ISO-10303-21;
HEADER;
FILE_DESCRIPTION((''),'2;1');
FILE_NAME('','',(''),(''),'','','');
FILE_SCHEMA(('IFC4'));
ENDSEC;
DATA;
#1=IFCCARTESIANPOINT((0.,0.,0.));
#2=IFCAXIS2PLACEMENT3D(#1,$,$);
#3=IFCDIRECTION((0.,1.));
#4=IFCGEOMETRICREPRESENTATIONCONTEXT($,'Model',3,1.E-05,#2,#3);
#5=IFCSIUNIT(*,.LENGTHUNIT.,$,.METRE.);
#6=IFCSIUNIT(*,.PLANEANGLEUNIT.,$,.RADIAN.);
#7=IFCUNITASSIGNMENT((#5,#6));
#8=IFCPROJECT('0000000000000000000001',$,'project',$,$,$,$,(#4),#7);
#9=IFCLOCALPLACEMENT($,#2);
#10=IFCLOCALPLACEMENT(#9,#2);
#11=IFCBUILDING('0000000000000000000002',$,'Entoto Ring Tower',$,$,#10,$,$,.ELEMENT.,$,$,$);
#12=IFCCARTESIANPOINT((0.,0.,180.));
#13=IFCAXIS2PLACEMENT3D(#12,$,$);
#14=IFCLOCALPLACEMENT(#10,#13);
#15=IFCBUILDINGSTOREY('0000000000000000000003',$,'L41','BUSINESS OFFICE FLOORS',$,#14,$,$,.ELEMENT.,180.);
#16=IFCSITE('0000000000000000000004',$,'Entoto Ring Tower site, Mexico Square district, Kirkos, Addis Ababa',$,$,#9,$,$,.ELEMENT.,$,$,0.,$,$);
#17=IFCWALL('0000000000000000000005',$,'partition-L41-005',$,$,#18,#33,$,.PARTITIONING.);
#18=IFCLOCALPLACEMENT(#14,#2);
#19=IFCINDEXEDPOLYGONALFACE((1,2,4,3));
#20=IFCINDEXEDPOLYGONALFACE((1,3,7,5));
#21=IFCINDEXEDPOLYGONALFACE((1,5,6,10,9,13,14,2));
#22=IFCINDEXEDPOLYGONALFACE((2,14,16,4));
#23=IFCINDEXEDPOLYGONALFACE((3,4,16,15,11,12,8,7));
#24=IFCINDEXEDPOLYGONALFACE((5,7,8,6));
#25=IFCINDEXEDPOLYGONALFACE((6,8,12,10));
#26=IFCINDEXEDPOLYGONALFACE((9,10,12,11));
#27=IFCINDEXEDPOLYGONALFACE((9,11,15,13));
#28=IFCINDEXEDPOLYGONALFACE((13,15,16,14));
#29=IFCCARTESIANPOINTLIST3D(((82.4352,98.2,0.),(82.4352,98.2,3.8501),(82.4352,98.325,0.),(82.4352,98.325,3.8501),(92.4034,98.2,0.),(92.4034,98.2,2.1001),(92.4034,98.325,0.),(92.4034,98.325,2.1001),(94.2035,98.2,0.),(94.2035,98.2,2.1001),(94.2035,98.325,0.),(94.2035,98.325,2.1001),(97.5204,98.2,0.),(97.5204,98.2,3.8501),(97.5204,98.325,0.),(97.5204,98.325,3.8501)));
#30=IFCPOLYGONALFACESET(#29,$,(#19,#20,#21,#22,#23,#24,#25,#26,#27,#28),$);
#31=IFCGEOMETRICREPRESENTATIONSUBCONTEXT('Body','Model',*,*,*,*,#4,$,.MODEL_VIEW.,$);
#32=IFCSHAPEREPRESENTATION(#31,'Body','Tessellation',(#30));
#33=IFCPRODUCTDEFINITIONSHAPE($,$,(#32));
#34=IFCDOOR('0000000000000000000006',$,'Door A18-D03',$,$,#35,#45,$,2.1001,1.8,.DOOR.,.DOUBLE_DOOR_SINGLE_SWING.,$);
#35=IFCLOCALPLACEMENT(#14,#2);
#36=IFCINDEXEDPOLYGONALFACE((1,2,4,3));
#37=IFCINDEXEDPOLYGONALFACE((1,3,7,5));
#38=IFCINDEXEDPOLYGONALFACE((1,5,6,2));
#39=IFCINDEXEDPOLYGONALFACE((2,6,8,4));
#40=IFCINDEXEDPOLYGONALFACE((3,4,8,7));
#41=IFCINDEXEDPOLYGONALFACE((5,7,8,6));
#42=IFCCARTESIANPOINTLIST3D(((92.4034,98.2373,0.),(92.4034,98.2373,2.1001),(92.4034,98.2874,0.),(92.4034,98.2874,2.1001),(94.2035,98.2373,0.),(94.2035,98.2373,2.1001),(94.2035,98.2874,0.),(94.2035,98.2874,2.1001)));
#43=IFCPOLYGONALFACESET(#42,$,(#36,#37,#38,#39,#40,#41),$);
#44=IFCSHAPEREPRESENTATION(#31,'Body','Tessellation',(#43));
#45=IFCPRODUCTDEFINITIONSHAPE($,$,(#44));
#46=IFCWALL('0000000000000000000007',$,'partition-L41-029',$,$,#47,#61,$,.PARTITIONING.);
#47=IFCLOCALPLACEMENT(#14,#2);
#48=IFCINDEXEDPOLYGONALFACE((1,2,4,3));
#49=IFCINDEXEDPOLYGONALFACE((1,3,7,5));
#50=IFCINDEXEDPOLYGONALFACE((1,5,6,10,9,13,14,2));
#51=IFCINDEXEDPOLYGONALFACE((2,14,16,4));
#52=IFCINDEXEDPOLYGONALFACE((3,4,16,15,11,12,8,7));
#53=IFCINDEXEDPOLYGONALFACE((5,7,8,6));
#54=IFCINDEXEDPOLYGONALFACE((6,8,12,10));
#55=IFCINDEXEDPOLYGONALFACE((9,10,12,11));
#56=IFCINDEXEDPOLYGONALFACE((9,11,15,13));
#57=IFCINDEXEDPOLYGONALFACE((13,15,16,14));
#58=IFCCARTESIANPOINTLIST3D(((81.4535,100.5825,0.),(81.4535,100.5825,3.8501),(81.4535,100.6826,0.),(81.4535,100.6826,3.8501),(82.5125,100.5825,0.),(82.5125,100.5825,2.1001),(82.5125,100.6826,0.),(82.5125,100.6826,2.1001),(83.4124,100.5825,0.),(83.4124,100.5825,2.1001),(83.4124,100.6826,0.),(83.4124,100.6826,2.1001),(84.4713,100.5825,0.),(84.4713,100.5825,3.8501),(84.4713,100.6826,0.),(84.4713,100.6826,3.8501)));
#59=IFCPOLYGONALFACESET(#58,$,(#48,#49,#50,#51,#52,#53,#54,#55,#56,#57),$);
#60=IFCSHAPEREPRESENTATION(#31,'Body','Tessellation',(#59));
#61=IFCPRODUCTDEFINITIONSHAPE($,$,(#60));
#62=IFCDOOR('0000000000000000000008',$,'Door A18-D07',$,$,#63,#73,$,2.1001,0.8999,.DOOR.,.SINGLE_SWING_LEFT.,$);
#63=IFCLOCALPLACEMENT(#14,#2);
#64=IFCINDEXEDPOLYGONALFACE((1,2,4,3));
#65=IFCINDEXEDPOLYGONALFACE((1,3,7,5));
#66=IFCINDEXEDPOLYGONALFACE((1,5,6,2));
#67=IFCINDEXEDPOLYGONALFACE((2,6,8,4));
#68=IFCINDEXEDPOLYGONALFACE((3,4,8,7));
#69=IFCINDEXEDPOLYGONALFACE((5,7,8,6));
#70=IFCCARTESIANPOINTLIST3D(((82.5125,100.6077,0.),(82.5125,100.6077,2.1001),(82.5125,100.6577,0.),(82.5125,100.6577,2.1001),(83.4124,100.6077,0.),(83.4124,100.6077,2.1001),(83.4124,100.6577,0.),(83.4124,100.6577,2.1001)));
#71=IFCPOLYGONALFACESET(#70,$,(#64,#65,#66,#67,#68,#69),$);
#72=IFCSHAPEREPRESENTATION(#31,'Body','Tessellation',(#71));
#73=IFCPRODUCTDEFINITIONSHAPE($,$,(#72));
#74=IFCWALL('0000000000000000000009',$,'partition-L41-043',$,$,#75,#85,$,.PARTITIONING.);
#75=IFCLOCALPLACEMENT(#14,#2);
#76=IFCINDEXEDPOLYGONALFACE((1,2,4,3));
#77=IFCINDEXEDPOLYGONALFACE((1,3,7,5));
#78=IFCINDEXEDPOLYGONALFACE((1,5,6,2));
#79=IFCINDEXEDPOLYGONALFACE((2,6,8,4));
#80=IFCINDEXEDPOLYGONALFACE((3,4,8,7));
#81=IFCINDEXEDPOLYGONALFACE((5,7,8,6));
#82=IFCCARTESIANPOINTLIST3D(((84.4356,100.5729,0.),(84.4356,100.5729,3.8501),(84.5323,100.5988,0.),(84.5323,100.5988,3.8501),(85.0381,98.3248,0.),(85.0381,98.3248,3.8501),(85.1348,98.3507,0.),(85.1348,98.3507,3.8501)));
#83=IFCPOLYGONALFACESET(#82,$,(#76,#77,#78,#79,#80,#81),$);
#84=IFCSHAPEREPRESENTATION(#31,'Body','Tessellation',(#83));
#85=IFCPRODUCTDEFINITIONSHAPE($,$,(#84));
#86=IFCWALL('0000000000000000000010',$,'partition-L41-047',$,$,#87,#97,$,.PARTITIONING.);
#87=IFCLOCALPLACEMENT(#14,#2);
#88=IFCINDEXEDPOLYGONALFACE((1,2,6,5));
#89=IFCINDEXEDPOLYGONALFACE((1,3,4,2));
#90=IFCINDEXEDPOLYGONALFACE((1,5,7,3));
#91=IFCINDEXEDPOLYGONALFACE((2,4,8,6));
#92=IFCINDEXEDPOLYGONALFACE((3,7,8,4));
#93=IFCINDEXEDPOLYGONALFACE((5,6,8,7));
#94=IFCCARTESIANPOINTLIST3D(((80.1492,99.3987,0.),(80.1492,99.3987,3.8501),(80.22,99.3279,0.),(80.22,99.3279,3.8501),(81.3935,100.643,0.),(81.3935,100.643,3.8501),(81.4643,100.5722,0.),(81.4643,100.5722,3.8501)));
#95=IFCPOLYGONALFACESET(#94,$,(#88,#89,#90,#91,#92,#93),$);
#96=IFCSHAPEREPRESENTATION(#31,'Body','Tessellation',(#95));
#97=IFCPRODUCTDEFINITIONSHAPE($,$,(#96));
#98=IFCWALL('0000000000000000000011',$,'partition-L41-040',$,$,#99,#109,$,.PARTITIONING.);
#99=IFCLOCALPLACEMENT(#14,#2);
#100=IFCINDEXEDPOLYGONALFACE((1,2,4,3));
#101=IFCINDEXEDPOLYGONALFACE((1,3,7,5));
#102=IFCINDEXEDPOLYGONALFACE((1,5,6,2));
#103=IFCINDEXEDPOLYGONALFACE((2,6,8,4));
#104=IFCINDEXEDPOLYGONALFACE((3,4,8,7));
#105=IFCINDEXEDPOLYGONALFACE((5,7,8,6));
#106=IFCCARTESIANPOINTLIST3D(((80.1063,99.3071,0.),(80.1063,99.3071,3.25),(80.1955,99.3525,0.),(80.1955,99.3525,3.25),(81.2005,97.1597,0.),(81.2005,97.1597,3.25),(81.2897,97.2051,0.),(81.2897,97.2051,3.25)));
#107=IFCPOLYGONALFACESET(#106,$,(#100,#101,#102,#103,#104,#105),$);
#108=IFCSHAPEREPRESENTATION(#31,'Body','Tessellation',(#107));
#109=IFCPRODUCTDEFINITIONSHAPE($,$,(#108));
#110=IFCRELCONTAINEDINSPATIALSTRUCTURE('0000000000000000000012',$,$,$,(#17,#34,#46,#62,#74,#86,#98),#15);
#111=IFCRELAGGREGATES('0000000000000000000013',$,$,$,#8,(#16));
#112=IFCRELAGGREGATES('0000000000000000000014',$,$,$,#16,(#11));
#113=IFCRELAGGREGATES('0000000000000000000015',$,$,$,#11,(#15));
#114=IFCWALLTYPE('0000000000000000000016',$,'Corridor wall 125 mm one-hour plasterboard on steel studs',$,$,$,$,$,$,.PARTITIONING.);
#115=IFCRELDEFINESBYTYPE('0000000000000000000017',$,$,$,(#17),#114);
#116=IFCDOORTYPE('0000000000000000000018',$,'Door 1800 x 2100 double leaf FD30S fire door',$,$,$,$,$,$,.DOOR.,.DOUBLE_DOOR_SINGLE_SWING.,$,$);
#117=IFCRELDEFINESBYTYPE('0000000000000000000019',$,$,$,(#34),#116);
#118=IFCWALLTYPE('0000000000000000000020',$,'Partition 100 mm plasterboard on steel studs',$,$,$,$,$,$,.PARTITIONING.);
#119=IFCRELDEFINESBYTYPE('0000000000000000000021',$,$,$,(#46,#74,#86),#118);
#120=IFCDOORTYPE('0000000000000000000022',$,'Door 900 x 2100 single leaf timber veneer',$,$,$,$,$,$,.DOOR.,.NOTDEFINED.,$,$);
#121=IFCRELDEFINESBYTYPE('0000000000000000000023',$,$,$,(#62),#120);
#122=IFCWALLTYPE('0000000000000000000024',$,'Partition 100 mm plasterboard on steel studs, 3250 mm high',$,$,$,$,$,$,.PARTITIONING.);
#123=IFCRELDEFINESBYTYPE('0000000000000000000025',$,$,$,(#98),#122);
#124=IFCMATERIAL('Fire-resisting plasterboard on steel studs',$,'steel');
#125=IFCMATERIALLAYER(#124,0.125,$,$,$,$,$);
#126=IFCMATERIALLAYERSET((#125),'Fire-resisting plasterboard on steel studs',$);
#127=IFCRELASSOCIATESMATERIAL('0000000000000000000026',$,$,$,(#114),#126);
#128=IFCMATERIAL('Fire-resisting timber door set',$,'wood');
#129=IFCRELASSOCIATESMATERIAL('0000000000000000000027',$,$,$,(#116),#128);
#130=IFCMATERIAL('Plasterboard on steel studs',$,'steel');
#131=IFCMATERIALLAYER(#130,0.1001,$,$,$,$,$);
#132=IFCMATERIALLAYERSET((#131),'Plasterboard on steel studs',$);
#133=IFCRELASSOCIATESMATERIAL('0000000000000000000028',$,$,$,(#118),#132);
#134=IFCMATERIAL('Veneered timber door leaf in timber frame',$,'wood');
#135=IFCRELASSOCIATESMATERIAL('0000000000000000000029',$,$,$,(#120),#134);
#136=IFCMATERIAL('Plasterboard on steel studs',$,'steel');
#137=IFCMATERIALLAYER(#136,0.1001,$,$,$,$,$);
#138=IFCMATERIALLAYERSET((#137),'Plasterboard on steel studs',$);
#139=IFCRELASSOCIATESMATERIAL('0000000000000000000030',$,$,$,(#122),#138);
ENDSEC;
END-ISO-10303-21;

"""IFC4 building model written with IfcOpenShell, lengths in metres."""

from ifc_helpers import new_model, si_unit, direction, frame, frame_2d, origin, place, context, subcontext, project, spatial, rectangle, extrude, material, layer, layer_set, type_object, element, fill, save


model = new_model("IFC4")

# Units and contexts
model_context = context("Model", 3, precision=1e-05, world=origin(), true_north=direction((0.0, 1.0)))
body_context = subcontext(model_context, "Body", "Model", "MODEL_VIEW")
ifc_project = project(units=[si_unit("LENGTHUNIT", "METRE"), si_unit("PLANEANGLEUNIT", "RADIAN")], contexts=[model_context])

# Site, building, storey
site_placement = place(None, origin())
site = spatial("IfcSite", under=ifc_project, at=site_placement, Name="Entoto Ring Tower site, Mexico Square district, Kirkos, Addis Ababa", CompositionType="ELEMENT", RefElevation=0.0)
building_placement = place(site_placement, origin())
building = spatial("IfcBuilding", under=site, at=building_placement, Name="Entoto Ring Tower", CompositionType="ELEMENT")
storey_placement = place(building_placement, frame((0.0, 0.0, 180.0)))
storey = spatial("IfcBuildingStorey", under=building, at=storey_placement, Name="L41", Description="BUSINESS OFFICE FLOORS", CompositionType="ELEMENT", Elevation=180.0)

# Walls, openings, doors
ifc_material_1 = material(Name="Fire-resisting plasterboard on steel studs", Category="steel")
ifc_layer_1 = layer(ifc_material_1, 0.125)
ifc_layer_set_1 = layer_set([ifc_layer_1], Name="Fire-resisting plasterboard on steel studs")
wall_type_1 = type_object("IfcWallType", Name="Corridor wall 125 mm one-hour plasterboard on steel studs", PredefinedType="PARTITIONING", material=ifc_layer_set_1)
wall_1_placement = place(storey_placement, frame((82.4353, 98.2625, 0.0), z_axis=(0.0, 0.0, 1.0), x_axis=(1.0, 0.0, 0.0)))
wall_1 = element("IfcWall", 1, at=wall_1_placement, inside=storey, type_object=wall_type_1, Name="partition-L41-005", PredefinedType="PARTITIONING", context=body_context, shape_type="SweptSolid", body=[
    extrude(rectangle(XDim=15.0852, YDim=0.125, at=frame_2d((7.5425, 0.0))), origin(), (0.0, 0.0, 1.0), 3.8501),
])
opening_1_placement = place(wall_1_placement, frame((9.9683, 0.0, 0.0)))
opening_1 = element("IfcOpeningElement", 2, at=opening_1_placement, cuts=wall_1, PredefinedType="OPENING", context=body_context, shape_type="SweptSolid", body=[
    extrude(rectangle(XDim=1.8, YDim=2.1001, at=frame_2d((0.8999, 1.05))), frame((0.0, 0.0725, 0.0), z_axis=(0.0, -1.0, 0.0), x_axis=(1.0, 0.0, 0.0)), (0.0, 0.0, 1.0), 0.145),
])
ifc_material_2 = material(Name="Fire-resisting timber door set", Category="wood")
door_type_1 = type_object("IfcDoorType", Name="Door 1800 x 2100 double leaf FD30S fire door", OperationType="DOUBLE_DOOR_SINGLE_SWING", PredefinedType="DOOR", material=ifc_material_2)
door_1_placement = place(opening_1_placement, origin())
door_1 = element("IfcDoor", 3, at=door_1_placement, inside=storey, type_object=door_type_1, Name="Door A18-D03", OperationType="DOUBLE_DOOR_SINGLE_SWING", OverallHeight=2.1001, OverallWidth=1.8, PredefinedType="DOOR", context=body_context, shape_type="SweptSolid", body=[
    extrude(rectangle(XDim=1.8, YDim=2.1001, at=frame_2d((0.8999, 1.05))), frame((0.0, 0.0249, 0.0), z_axis=(0.0, -1.0, 0.0), x_axis=(1.0, 0.0, 0.0)), (0.0, 0.0, 1.0), 0.05),
])
fill(opening_1, door_1)
ifc_material_3 = material(Name="Plasterboard on steel studs", Category="steel")
ifc_layer_2 = layer(ifc_material_3, 0.1001)
ifc_layer_set_2 = layer_set([ifc_layer_2], Name="Plasterboard on steel studs")
wall_type_2 = type_object("IfcWallType", Name="Partition 100 mm plasterboard on steel studs", PredefinedType="PARTITIONING", material=ifc_layer_set_2)
wall_2_placement = place(storey_placement, frame((81.4536, 100.6326, 0.0), z_axis=(0.0, 0.0, 1.0), x_axis=(1.0, 0.0, 0.0)))
wall_2 = element("IfcWall", 4, at=wall_2_placement, inside=storey, type_object=wall_type_2, Name="partition-L41-029", PredefinedType="PARTITIONING", context=body_context, shape_type="SweptSolid", body=[
    extrude(rectangle(XDim=3.0178, YDim=0.1001, at=frame_2d((1.5088, 0.0))), origin(), (0.0, 0.0, 1.0), 3.8501),
])
opening_2_placement = place(wall_2_placement, frame((1.0588, 0.0, 0.0)))
opening_2 = element("IfcOpeningElement", 5, at=opening_2_placement, cuts=wall_2, PredefinedType="OPENING", context=body_context, shape_type="SweptSolid", body=[
    extrude(rectangle(XDim=0.8999, YDim=2.1001, at=frame_2d((0.45, 1.05))), frame((0.0, 0.0601, 0.0), z_axis=(0.0, -1.0, 0.0), x_axis=(1.0, 0.0, 0.0)), (0.0, 0.0, 1.0), 0.1201),
])
ifc_material_4 = material(Name="Veneered timber door leaf in timber frame", Category="wood")
door_type_2 = type_object("IfcDoorType", Name="Door 900 x 2100 single leaf timber veneer", OperationType="NOTDEFINED", PredefinedType="DOOR", material=ifc_material_4)
door_2_placement = place(opening_2_placement, frame((0.8999, 0.0, 0.0), z_axis=(0.0, 0.0, 1.0), x_axis=(-1.0, 0.0, 0.0)))
door_2 = element("IfcDoor", 6, at=door_2_placement, inside=storey, type_object=door_type_2, Name="Door A18-D07", OperationType="SINGLE_SWING_LEFT", OverallHeight=2.1001, OverallWidth=0.8999, PredefinedType="DOOR", context=body_context, shape_type="SweptSolid", body=[
    extrude(rectangle(XDim=0.8999, YDim=2.1001, at=frame_2d((0.45, 1.05))), frame((0.0, 0.0249, 0.0), z_axis=(0.0, -1.0, 0.0), x_axis=(1.0, 0.0, 0.0)), (0.0, 0.0, 1.0), 0.05),
])
fill(opening_2, door_2)

# Walls
wall_3_placement = place(storey_placement, frame((85.0864, 98.3379, 0.0), z_axis=(0.0, 0.0, 1.0), x_axis=(-0.25889, 0.965907, 0.0)))
element("IfcWall", 7, at=wall_3_placement, inside=storey, type_object=wall_type_2, Name="partition-L41-043", PredefinedType="PARTITIONING", context=body_context, shape_type="SweptSolid", body=[
    extrude(rectangle(XDim=2.3274, YDim=0.1001, at=frame_2d((1.1636, 0.0))), origin(), (0.0, 0.0, 1.0), 3.8501),
])
wall_4_placement = place(storey_placement, frame((80.1846, 99.3633, 0.0), z_axis=(0.0, 0.0, 1.0), x_axis=(0.707107, 0.707107, 0.0)))
element("IfcWall", 8, at=wall_4_placement, inside=storey, type_object=wall_type_2, Name="partition-L41-047", PredefinedType="PARTITIONING", context=body_context, shape_type="SweptSolid", body=[
    extrude(rectangle(XDim=1.7598, YDim=0.1001, at=frame_2d((0.8799, 0.0))), origin(), (0.0, 0.0, 1.0), 3.8501),
])
ifc_material_5 = material(Name="Plasterboard on steel studs", Category="steel")
ifc_layer_3 = layer(ifc_material_5, 0.1001)
ifc_layer_set_3 = layer_set([ifc_layer_3], Name="Plasterboard on steel studs")
wall_type_3 = type_object("IfcWallType", Name="Partition 100 mm plasterboard on steel studs, 3250 mm high", PredefinedType="PARTITIONING", material=ifc_layer_set_3)
wall_5_placement = place(storey_placement, frame((81.2451, 97.1824, 0.0), z_axis=(0.0, 0.0, 1.0), x_axis=(-0.454008, 0.890998, 0.0)))
element("IfcWall", 9, at=wall_5_placement, inside=storey, type_object=wall_type_3, Name="partition-L41-040", PredefinedType="PARTITIONING", context=body_context, shape_type="SweptSolid", body=[
    extrude(rectangle(XDim=2.4102, YDim=0.1001, at=frame_2d((1.2051, 0.0))), origin(), (0.0, 0.0, 1.0), 3.25),
])

save(model, "model.ifc")
